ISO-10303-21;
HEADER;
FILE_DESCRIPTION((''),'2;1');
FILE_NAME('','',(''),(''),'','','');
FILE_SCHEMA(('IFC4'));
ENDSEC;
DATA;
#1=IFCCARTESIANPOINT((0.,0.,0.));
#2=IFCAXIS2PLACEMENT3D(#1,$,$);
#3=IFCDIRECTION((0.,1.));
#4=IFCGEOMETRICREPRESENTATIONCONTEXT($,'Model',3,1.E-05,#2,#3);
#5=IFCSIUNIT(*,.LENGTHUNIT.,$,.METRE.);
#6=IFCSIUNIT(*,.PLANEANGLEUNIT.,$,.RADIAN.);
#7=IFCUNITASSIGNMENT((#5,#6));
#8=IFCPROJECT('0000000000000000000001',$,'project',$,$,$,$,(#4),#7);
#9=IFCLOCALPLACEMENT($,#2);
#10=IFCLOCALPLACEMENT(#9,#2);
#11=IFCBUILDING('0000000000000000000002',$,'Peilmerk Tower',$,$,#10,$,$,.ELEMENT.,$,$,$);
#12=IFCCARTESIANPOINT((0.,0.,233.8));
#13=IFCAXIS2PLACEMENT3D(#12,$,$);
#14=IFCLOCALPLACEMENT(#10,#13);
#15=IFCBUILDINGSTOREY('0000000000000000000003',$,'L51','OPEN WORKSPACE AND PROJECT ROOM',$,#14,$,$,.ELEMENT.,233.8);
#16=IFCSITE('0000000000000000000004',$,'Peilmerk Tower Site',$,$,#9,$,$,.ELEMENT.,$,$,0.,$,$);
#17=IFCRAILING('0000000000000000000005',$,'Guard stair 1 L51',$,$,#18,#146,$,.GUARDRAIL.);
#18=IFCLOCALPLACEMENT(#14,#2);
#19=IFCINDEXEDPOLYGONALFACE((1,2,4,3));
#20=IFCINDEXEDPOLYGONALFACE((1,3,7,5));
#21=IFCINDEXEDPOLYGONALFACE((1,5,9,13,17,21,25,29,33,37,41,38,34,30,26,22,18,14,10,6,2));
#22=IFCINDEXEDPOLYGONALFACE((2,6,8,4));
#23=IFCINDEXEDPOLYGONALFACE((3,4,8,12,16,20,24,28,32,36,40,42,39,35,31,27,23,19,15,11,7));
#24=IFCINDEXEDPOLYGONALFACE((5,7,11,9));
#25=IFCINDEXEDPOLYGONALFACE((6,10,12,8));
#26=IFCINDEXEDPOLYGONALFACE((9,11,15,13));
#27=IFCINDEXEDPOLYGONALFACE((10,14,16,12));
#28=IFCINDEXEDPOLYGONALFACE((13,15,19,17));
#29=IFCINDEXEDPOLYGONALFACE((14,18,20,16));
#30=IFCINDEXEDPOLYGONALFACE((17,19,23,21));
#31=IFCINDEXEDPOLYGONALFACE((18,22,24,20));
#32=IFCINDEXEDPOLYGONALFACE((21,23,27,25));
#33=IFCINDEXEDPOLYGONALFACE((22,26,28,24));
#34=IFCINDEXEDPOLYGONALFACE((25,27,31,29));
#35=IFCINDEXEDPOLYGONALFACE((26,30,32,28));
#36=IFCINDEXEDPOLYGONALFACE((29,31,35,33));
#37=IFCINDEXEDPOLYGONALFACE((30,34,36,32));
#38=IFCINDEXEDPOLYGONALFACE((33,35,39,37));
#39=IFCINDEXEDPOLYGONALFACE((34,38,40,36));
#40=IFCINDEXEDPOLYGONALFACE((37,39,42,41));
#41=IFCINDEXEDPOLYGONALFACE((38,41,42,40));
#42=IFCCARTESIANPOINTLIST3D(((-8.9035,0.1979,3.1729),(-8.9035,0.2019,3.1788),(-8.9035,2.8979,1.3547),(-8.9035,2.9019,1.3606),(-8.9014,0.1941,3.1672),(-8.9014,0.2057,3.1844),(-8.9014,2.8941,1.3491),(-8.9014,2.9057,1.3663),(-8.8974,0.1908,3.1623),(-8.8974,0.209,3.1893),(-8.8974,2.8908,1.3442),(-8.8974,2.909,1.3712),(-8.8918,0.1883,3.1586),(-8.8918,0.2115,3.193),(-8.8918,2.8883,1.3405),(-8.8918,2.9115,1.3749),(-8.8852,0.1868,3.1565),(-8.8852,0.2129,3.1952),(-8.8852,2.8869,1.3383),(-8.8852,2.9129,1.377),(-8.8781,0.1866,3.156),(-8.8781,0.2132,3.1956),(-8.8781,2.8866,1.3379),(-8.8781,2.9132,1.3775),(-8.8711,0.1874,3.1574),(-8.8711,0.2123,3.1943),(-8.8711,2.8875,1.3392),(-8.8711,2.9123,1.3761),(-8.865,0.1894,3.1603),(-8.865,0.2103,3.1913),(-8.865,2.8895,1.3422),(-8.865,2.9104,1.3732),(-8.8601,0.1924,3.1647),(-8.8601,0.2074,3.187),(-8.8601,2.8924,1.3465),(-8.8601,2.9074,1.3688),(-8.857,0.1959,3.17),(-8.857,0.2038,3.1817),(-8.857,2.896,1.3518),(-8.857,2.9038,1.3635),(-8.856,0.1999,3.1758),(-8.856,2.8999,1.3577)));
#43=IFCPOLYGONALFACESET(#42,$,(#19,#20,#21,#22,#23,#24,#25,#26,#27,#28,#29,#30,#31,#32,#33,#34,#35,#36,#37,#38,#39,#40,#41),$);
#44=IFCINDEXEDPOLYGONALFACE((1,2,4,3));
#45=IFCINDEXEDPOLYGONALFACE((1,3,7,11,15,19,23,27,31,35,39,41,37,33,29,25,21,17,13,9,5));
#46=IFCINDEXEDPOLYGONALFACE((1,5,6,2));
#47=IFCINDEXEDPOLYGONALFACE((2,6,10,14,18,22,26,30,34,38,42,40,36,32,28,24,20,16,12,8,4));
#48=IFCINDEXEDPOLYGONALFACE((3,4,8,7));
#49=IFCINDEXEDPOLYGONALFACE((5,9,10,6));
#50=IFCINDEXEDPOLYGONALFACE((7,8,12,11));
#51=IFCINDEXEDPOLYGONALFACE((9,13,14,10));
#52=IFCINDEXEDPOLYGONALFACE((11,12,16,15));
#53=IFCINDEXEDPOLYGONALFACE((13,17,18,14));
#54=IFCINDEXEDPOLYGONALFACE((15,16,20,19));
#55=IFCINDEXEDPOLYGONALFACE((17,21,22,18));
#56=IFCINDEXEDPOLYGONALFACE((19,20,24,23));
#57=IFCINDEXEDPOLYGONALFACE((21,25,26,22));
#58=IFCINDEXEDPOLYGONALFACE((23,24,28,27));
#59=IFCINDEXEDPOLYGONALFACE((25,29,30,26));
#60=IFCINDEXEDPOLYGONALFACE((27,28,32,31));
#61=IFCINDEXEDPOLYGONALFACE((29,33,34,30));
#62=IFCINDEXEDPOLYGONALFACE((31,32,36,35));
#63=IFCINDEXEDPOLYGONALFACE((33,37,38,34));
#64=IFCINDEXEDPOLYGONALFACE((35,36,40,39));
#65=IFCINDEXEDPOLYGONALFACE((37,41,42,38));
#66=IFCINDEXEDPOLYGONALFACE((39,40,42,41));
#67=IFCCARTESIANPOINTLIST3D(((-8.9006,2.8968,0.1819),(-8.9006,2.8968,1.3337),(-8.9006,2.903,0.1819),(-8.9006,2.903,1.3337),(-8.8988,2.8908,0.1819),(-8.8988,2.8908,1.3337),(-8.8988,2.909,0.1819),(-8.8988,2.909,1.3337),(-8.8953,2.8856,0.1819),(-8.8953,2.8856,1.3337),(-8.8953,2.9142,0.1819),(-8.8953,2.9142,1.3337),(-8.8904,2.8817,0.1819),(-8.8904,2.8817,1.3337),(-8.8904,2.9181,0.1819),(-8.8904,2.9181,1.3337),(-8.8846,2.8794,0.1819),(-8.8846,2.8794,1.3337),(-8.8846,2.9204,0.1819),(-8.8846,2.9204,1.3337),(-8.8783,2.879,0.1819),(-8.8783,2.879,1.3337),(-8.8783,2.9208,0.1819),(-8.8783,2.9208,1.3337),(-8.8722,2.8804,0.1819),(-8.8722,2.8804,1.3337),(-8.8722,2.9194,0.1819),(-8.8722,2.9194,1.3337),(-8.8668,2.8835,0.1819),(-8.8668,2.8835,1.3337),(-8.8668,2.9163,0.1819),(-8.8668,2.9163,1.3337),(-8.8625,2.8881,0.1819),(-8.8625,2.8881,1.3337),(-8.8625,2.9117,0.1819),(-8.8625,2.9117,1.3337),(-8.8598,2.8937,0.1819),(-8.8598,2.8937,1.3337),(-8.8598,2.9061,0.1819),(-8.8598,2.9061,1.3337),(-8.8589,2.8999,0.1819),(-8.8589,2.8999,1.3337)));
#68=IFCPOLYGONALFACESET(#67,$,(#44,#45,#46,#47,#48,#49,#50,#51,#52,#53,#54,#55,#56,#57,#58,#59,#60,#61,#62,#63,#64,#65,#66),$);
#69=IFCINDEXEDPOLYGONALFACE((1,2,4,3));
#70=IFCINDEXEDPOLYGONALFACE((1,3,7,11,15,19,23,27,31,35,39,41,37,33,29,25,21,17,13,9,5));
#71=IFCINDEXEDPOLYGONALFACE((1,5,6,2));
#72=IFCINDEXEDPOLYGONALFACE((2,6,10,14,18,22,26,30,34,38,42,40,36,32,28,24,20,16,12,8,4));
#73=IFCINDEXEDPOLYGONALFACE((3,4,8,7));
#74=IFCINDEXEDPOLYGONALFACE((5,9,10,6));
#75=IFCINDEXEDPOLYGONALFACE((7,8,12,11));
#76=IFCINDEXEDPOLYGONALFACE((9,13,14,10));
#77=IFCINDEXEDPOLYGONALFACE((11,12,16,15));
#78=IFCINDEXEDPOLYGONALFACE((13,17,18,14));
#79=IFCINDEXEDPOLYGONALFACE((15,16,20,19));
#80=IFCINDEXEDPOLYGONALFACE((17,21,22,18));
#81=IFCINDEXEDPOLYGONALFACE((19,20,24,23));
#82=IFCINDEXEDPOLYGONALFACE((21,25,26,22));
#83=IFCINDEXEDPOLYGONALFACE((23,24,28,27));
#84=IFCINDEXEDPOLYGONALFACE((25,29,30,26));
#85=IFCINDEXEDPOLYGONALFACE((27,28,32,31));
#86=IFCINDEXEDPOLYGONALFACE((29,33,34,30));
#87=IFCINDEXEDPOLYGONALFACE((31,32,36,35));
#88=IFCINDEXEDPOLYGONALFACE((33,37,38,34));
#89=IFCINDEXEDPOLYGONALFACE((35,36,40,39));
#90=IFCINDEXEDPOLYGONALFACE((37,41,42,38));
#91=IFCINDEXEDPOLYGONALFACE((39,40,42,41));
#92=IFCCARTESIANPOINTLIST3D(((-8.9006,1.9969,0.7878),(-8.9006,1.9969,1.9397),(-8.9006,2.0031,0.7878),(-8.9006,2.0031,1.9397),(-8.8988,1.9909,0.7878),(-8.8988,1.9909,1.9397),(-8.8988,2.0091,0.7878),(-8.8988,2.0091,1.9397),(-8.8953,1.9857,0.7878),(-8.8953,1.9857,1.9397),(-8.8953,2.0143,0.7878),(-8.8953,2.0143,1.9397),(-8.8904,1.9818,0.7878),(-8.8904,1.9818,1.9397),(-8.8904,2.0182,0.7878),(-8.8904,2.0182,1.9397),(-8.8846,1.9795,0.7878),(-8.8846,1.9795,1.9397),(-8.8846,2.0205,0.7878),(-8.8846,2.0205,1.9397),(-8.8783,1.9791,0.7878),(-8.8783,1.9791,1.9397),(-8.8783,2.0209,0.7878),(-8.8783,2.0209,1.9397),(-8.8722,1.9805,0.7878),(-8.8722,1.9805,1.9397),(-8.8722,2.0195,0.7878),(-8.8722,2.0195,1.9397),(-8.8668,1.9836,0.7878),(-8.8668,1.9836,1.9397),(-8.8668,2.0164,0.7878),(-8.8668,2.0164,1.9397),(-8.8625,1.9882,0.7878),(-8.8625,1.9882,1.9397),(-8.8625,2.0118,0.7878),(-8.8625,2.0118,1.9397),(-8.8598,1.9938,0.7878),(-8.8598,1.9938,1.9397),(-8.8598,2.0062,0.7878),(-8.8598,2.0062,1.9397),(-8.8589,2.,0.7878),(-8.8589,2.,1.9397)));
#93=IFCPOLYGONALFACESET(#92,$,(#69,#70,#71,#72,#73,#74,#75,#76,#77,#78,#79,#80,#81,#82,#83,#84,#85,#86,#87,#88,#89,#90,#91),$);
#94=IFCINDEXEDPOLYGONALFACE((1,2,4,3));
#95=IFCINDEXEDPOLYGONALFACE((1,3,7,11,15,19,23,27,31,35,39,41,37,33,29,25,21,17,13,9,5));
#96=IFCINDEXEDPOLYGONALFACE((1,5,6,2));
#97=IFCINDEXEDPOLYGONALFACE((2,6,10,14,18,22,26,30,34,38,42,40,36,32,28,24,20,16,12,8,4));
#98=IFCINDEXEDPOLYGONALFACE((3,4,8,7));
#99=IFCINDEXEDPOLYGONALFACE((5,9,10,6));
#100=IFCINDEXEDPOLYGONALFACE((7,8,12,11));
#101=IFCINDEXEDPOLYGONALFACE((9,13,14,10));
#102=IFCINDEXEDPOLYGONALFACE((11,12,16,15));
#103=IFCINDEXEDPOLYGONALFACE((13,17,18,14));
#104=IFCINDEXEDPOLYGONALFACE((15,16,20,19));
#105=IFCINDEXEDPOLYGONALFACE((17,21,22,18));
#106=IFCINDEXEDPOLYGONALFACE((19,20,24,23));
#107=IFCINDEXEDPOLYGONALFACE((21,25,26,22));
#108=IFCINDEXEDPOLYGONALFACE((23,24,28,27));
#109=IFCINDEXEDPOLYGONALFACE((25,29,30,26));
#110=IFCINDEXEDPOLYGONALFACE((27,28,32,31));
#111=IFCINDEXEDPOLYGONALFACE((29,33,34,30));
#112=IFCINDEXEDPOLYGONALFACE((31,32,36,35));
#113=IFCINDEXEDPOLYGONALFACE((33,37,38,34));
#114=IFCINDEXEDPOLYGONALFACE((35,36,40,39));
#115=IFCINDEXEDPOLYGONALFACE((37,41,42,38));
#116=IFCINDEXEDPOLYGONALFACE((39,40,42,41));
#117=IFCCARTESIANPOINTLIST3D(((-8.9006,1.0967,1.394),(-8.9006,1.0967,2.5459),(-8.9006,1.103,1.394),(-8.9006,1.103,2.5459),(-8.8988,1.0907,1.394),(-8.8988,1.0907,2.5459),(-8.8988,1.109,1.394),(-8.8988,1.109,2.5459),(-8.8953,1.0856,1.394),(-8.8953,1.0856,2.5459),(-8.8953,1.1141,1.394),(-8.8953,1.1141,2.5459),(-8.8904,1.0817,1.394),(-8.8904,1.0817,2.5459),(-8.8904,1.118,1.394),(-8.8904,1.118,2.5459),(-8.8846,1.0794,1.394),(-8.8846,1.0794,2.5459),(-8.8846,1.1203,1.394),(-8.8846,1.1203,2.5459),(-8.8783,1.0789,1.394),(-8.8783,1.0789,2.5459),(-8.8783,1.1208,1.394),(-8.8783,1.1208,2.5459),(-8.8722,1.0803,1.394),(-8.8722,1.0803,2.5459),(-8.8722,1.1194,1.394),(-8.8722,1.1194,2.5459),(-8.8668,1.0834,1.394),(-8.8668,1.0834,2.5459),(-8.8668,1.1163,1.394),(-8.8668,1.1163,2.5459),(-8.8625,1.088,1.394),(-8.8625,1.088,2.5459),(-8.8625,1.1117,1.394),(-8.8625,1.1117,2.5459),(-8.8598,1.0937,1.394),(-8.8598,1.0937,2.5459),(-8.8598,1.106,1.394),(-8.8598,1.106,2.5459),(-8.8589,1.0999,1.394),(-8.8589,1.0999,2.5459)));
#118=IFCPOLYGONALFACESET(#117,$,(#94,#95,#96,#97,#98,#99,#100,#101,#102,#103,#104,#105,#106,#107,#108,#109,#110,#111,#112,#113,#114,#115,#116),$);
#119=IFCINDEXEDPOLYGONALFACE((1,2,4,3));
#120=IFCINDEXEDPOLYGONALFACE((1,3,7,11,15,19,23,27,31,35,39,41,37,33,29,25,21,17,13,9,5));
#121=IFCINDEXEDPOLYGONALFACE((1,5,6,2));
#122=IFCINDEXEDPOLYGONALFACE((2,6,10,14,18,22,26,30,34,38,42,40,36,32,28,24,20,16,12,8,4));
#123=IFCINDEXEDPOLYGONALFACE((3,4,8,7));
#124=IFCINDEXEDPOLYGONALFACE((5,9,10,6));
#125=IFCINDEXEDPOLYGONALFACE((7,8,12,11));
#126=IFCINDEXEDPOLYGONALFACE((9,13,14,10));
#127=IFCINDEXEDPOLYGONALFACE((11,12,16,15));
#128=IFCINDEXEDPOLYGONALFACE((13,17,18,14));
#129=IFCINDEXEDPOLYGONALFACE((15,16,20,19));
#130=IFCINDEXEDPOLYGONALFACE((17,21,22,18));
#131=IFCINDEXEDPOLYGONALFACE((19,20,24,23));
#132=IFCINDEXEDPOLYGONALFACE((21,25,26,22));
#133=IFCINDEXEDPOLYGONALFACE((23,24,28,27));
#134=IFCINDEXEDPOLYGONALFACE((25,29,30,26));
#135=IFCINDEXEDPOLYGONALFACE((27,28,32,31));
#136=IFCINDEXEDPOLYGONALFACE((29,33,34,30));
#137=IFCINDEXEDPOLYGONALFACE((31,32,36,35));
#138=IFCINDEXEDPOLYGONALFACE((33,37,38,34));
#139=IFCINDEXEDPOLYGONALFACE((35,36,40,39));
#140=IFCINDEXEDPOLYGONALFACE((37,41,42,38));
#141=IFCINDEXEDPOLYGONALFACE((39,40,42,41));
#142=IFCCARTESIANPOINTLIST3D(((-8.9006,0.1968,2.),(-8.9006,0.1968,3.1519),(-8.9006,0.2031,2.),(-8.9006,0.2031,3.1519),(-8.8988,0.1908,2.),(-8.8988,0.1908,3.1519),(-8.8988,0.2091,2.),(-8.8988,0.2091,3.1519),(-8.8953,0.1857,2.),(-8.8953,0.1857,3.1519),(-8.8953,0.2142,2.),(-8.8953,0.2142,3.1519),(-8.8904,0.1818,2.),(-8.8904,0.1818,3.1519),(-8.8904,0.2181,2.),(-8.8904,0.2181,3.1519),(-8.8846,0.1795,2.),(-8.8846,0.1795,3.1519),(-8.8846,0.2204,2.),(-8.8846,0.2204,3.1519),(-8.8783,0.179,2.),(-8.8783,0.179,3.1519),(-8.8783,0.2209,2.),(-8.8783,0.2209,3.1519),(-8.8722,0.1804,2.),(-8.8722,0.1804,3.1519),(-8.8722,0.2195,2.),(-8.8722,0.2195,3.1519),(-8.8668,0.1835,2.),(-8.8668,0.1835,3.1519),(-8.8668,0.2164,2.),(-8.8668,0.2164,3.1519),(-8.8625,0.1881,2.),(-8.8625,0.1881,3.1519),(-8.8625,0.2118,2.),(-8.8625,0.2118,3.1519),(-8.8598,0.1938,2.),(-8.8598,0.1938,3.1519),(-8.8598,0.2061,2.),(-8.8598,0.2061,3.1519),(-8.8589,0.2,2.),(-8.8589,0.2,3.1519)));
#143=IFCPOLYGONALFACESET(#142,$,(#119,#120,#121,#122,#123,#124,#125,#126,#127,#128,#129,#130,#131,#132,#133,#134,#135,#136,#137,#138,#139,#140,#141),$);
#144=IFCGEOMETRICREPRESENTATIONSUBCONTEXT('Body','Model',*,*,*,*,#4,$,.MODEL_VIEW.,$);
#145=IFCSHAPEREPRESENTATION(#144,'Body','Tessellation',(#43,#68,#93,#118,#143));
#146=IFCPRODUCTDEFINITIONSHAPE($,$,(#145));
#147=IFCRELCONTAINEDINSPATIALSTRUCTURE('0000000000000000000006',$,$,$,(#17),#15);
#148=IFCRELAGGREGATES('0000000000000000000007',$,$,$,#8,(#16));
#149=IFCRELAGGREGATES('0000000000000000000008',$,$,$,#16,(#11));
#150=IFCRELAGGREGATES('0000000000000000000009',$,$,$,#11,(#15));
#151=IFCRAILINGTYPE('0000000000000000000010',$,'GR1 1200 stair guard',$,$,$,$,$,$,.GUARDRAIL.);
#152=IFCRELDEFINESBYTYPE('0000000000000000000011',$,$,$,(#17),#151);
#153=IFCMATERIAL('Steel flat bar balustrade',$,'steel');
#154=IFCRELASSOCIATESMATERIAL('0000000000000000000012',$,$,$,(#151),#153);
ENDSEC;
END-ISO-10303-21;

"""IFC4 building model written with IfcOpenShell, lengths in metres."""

from ifc_helpers import new_model, si_unit, direction, frame, origin, origin_2d, place, context, subcontext, project, spatial, circle, extrude, material, type_object, element, save


model = new_model("IFC4")

# Units and contexts
model_context = context("Model", 3, precision=1e-05, world=origin(), true_north=direction((0.0, 1.0)))
body_context = subcontext(model_context, "Body", "Model", "MODEL_VIEW")
ifc_project = project(units=[si_unit("LENGTHUNIT", "METRE"), si_unit("PLANEANGLEUNIT", "RADIAN")], contexts=[model_context])

# Site, building, storey
site_placement = place(None, origin())
site = spatial("IfcSite", under=ifc_project, at=site_placement, Name="Peilmerk Tower Site", CompositionType="ELEMENT", RefElevation=0.0)
building_placement = place(site_placement, origin())
building = spatial("IfcBuilding", under=site, at=building_placement, Name="Peilmerk Tower", CompositionType="ELEMENT")
storey_placement = place(building_placement, frame((0.0, 0.0, 233.8)))
storey = spatial("IfcBuildingStorey", under=building, at=storey_placement, Name="L51", Description="OPEN WORKSPACE AND PROJECT ROOM", CompositionType="ELEMENT", Elevation=233.8)

# Railing
ifc_material_1 = material(Name="Steel flat bar balustrade", Category="steel")
railing_type_1 = type_object("IfcRailingType", Name="GR1 1200 stair guard", PredefinedType="GUARDRAIL", material=ifc_material_1)
railing_1_placement = place(storey_placement, frame((-8.8799, 2.8999, 0.1819)))
element("IfcRailing", 1, at=railing_1_placement, inside=storey, type_object=railing_type_1, Name="Guard stair 1 L51", PredefinedType="GUARDRAIL", context=body_context, shape_type="SweptSolid", body=[
    extrude(circle(Radius=0.0239, at=origin_2d()), frame((0.0, 0.0, 1.1758), z_axis=(0.0, -0.829468, 0.558554), x_axis=(1.0, 0.0, 0.0)), (0.0, 0.0, 1.0), 3.2551),
    extrude(circle(Radius=0.021, at=origin_2d()), origin(), (0.0, 0.0, 1.0), 1.1519),
    extrude(circle(Radius=0.021, at=origin_2d()), frame((0.0, -0.8999, 0.606)), (0.0, 0.0, 1.0), 1.1519),
    extrude(circle(Radius=0.021, at=origin_2d()), frame((0.0, -1.8, 1.2122)), (0.0, 0.0, 1.0), 1.1519),
    extrude(circle(Radius=0.021, at=origin_2d()), frame((0.0, -2.7, 1.8181)), (0.0, 0.0, 1.0), 1.1519),
])

save(model, "model.ifc")
